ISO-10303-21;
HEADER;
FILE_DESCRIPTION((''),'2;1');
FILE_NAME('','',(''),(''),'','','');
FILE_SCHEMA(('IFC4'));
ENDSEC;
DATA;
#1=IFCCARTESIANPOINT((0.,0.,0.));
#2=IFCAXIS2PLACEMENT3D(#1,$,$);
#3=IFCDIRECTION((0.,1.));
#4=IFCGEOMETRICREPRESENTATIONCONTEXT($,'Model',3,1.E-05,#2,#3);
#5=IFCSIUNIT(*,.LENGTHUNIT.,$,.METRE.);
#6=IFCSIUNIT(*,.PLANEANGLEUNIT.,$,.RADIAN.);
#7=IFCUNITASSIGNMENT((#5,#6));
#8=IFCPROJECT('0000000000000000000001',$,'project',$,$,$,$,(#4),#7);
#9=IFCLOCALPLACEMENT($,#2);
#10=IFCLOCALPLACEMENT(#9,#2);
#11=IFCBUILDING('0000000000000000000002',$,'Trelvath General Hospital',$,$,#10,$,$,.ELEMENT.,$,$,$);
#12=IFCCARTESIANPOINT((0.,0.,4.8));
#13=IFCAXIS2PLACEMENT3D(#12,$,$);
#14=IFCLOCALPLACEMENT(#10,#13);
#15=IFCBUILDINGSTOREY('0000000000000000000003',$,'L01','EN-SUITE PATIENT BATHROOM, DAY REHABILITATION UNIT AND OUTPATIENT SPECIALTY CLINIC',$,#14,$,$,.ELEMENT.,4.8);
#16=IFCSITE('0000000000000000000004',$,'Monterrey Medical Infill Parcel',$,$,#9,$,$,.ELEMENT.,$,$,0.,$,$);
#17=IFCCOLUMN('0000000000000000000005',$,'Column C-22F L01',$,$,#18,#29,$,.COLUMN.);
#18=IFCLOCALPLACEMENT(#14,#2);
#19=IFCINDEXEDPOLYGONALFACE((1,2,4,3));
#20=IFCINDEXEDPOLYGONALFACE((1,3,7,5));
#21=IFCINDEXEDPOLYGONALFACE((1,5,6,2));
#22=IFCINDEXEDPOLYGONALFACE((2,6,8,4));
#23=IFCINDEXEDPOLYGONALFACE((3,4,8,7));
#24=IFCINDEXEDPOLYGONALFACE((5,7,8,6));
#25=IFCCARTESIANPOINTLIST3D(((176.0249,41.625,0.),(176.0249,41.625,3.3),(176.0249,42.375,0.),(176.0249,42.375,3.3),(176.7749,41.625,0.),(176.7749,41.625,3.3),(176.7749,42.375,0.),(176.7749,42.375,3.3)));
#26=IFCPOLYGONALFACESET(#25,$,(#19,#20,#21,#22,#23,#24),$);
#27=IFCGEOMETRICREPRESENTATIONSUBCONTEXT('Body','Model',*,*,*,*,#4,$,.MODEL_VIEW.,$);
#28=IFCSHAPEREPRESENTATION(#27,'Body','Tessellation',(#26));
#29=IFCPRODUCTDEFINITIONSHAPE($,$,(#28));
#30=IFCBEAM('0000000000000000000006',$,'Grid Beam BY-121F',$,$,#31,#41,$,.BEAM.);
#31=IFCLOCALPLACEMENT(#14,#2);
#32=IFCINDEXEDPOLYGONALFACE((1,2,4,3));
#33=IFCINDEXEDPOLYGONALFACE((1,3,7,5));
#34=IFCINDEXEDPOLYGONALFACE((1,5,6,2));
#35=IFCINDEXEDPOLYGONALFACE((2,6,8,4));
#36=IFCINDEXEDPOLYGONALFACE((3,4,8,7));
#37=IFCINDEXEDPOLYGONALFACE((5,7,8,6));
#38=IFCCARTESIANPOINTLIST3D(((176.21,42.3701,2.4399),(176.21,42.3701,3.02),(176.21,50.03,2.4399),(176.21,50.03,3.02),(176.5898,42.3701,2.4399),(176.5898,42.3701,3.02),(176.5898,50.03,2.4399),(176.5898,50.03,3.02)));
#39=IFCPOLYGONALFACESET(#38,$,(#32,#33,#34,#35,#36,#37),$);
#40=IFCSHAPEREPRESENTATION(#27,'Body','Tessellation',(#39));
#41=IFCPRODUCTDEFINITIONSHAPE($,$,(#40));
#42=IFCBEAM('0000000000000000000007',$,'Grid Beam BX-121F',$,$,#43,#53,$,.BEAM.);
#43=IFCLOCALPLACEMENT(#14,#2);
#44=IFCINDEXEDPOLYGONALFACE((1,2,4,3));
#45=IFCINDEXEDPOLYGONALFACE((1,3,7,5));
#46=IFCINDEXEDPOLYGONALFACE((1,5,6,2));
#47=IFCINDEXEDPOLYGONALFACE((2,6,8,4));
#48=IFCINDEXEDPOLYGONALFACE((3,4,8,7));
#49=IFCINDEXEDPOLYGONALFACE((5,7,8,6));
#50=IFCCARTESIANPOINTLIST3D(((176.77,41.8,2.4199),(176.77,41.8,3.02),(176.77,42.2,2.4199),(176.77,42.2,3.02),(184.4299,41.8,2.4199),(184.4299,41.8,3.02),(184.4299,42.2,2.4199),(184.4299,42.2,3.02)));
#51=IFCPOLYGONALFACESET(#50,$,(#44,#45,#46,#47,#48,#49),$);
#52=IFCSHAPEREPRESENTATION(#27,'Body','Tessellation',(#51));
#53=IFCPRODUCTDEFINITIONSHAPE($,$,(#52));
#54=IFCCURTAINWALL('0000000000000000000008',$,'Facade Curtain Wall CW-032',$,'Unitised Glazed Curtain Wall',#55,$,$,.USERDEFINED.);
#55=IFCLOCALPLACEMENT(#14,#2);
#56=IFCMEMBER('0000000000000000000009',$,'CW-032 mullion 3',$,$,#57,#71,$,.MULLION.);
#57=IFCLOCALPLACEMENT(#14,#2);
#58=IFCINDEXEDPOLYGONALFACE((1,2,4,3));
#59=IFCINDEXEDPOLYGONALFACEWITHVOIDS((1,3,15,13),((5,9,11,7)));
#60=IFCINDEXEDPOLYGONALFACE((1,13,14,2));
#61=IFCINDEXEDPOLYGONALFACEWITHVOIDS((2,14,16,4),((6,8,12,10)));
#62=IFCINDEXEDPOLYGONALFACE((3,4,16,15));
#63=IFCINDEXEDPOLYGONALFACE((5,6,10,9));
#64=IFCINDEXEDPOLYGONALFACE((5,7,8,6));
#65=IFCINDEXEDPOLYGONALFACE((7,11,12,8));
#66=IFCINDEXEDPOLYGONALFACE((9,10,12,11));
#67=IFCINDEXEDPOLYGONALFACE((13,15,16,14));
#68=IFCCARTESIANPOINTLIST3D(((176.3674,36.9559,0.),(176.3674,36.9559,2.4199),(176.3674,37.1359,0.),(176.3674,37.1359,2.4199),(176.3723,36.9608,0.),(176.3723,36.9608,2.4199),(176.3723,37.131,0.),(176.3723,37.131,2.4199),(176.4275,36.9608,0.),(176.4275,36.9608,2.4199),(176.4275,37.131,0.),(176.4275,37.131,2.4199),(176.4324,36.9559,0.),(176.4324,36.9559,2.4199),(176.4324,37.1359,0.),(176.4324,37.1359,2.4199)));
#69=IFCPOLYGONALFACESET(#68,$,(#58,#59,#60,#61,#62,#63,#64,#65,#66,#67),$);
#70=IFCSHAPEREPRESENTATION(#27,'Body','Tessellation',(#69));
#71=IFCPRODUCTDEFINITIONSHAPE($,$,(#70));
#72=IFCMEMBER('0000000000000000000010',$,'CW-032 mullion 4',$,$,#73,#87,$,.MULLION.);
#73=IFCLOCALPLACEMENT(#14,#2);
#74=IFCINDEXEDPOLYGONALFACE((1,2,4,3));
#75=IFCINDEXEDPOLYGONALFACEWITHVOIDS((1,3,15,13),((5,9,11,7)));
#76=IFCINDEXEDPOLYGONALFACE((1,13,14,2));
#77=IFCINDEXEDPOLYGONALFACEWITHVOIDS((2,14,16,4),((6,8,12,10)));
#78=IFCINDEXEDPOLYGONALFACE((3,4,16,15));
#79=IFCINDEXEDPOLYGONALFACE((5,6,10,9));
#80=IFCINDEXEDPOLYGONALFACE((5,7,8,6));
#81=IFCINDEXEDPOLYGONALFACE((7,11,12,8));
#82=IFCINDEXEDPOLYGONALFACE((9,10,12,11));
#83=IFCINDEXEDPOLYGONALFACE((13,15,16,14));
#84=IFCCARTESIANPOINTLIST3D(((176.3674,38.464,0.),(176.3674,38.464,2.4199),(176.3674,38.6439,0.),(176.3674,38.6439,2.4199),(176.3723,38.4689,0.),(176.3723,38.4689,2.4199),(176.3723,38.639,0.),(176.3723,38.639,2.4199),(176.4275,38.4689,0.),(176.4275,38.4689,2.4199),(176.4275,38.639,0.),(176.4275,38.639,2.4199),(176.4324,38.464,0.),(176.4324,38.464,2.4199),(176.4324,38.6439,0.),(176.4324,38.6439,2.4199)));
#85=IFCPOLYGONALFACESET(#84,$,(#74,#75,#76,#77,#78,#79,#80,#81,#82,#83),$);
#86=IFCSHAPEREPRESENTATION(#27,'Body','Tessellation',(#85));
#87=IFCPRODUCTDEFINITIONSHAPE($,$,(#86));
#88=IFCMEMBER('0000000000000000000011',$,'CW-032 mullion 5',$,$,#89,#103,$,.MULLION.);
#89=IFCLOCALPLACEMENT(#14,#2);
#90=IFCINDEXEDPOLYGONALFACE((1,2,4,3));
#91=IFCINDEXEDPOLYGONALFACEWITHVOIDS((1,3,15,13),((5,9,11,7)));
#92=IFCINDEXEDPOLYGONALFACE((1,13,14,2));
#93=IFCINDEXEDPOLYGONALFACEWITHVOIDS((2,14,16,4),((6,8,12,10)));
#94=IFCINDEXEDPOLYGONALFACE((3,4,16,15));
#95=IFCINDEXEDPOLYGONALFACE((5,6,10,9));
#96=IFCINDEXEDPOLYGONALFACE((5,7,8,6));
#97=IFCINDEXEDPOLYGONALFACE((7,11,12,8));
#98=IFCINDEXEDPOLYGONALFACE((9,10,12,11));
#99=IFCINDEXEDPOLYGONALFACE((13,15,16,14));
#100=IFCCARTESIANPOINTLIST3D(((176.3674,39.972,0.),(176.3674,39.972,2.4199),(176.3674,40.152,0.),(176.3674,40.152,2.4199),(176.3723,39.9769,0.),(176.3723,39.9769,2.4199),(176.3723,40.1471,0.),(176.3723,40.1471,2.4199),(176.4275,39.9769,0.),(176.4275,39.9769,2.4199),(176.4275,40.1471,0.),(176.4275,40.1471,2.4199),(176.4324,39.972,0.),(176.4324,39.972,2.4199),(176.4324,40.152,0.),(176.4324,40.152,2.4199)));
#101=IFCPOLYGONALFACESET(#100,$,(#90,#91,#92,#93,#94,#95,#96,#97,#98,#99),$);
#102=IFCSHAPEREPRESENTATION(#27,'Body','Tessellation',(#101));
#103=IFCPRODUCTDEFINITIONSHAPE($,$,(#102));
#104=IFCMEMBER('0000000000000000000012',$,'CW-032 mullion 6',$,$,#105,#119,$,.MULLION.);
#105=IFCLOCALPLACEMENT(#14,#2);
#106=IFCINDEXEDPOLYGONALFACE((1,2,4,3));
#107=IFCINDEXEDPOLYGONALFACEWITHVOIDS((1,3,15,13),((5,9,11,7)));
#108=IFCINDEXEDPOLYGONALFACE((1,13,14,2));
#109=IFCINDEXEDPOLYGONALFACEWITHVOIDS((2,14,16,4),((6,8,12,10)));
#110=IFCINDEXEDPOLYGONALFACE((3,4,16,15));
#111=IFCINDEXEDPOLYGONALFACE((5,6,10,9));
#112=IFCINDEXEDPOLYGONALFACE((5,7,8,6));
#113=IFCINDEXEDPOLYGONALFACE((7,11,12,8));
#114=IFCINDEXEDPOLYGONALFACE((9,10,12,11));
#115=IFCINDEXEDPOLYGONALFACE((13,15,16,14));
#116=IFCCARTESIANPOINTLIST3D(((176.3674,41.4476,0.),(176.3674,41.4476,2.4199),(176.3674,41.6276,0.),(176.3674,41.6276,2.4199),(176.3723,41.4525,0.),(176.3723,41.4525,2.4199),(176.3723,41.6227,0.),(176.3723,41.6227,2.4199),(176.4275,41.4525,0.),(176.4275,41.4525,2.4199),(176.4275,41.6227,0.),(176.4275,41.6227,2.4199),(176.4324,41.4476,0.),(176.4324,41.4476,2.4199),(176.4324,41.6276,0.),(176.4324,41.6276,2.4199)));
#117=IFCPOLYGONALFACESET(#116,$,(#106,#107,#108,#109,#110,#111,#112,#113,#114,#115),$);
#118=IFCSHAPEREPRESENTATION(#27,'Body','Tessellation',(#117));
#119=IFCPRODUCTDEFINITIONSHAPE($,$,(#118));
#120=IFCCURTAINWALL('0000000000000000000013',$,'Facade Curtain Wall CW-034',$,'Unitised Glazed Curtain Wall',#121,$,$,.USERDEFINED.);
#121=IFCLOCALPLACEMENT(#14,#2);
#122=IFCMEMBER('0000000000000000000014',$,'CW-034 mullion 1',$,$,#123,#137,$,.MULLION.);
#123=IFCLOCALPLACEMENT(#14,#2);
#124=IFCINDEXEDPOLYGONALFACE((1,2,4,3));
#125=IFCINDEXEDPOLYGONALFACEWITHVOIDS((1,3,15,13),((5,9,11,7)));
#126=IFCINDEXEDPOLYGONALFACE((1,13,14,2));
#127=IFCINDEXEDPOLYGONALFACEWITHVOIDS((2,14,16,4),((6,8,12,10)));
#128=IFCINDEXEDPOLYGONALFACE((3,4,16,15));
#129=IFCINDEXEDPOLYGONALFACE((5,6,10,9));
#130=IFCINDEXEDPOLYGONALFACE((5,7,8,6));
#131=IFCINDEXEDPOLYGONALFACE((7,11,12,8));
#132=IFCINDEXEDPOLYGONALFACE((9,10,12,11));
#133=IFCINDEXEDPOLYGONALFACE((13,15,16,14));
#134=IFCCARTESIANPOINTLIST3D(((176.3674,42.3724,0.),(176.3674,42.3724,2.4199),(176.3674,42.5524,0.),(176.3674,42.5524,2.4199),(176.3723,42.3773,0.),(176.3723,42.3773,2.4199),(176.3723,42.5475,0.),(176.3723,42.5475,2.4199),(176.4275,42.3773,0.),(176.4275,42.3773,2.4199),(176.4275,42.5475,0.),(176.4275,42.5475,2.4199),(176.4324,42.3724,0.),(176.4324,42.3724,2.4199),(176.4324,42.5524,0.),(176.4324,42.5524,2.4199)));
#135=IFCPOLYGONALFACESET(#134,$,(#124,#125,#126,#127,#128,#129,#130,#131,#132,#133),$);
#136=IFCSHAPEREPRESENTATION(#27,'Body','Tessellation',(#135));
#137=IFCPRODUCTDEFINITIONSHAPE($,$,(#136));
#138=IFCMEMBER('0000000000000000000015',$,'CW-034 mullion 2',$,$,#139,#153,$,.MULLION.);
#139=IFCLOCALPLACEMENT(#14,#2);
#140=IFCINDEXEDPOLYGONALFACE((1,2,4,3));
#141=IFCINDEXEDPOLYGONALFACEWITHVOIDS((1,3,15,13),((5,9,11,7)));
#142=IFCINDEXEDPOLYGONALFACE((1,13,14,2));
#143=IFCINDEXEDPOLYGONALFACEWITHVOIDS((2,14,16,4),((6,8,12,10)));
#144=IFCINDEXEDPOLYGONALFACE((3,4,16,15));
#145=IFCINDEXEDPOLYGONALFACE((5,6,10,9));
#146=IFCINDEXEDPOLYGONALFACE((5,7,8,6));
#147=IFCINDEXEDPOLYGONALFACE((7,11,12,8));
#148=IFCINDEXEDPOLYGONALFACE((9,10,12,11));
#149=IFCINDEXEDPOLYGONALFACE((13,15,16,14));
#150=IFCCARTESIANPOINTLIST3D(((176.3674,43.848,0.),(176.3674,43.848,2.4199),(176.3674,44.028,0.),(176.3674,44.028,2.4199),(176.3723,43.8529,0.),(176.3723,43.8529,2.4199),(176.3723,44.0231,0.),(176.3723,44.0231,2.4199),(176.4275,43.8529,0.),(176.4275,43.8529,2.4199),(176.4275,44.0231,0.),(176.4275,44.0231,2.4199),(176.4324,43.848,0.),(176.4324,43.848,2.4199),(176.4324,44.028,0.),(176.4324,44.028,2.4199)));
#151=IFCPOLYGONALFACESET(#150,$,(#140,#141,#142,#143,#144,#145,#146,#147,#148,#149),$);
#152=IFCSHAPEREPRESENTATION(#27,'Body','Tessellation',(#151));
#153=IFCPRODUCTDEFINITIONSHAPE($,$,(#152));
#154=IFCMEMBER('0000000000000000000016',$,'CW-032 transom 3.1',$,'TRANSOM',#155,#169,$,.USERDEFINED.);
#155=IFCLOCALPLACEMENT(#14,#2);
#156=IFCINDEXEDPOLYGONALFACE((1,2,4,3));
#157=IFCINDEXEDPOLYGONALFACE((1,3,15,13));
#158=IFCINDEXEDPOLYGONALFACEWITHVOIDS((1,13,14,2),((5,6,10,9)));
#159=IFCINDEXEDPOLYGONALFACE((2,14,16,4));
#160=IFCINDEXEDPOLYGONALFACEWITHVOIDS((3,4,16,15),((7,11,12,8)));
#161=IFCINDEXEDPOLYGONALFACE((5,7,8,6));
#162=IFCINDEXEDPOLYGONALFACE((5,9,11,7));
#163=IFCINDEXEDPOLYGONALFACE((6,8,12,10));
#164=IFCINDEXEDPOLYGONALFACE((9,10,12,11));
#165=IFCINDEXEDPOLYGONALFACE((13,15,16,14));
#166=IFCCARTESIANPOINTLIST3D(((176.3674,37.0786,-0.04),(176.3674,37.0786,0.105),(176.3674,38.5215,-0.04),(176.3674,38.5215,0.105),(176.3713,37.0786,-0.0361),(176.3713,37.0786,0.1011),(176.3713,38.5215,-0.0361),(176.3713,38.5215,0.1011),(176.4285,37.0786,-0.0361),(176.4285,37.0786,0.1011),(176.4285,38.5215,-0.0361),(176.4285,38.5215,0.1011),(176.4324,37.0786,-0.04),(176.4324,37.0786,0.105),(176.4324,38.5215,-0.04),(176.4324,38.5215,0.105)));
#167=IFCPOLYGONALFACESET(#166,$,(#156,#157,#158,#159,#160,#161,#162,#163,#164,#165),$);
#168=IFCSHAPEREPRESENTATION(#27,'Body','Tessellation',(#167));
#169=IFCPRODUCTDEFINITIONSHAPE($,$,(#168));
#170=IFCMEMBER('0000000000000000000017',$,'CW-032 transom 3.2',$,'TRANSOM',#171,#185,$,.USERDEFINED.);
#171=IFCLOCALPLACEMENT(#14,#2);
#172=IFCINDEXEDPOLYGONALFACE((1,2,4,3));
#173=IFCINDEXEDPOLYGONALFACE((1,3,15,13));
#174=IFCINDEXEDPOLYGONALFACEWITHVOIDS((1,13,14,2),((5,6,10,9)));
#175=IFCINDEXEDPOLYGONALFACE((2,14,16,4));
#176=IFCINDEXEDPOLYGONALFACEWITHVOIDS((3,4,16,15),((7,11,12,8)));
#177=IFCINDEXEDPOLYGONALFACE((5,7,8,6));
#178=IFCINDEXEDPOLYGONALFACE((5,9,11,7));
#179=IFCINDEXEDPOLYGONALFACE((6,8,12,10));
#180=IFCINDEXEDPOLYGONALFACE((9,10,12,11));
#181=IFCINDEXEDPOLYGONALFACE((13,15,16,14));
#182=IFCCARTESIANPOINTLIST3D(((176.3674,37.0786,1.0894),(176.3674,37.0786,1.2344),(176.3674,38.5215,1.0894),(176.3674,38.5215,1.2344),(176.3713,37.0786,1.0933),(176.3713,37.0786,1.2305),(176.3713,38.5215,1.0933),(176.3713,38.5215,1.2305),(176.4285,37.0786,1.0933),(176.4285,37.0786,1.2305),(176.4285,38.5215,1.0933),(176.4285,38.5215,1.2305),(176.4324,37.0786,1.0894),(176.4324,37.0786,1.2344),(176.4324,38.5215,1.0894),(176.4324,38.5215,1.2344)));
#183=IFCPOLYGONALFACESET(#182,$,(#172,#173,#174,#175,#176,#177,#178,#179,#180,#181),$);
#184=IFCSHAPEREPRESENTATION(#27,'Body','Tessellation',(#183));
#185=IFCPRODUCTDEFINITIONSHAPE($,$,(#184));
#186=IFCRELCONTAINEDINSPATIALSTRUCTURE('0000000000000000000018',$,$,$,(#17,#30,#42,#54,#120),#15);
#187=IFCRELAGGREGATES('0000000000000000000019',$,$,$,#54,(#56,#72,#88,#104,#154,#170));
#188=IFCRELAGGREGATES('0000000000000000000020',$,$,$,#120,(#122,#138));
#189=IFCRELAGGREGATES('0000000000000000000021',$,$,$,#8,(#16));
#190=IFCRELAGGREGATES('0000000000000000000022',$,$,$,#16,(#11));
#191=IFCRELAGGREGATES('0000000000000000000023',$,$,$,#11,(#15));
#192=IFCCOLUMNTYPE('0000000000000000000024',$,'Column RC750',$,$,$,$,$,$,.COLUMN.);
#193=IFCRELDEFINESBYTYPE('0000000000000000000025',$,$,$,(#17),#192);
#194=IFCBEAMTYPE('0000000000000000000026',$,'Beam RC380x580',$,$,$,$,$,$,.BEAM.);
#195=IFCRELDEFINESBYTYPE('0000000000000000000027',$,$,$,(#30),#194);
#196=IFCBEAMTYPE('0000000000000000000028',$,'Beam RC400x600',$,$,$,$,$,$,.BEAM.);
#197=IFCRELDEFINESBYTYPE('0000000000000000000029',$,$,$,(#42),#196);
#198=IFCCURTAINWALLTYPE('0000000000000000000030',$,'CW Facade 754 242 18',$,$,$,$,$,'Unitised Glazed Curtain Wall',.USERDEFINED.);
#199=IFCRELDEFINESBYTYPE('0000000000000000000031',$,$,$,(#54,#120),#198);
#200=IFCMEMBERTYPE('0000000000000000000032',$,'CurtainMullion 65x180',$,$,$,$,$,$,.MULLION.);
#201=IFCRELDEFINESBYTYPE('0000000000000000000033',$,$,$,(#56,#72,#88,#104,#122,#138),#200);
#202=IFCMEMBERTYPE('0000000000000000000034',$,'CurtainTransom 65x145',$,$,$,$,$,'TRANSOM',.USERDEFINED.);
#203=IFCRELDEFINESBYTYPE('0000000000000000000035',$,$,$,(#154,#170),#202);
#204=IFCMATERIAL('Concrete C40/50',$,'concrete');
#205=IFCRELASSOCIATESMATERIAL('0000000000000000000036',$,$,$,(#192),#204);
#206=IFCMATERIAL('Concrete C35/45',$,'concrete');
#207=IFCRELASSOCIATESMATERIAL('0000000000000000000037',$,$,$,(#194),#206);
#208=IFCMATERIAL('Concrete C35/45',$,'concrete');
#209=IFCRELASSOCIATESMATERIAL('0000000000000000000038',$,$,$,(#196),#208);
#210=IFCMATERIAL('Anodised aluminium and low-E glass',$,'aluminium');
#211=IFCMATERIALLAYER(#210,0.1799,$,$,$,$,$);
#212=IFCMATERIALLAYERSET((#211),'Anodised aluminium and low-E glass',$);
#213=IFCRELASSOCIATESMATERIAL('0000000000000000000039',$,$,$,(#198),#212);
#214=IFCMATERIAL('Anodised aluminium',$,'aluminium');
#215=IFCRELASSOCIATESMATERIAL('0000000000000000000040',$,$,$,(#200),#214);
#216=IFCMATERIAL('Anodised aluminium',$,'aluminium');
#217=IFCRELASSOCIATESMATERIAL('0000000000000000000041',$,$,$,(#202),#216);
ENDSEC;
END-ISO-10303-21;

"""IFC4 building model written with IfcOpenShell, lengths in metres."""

from ifc_helpers import new_model, si_unit, direction, frame, origin, origin_2d, place, context, subcontext, project, spatial, rectangle, hollow_rectangle, extrude, material, layer, layer_set, material_profile, profile_set, type_object, element, aggregate, save


model = new_model("IFC4")

# Units and contexts
model_context = context("Model", 3, precision=1e-05, world=origin(), true_north=direction((0.0, 1.0)))
body_context = subcontext(model_context, "Body", "Model", "MODEL_VIEW")
ifc_project = project(units=[si_unit("LENGTHUNIT", "METRE"), si_unit("PLANEANGLEUNIT", "RADIAN")], contexts=[model_context])

# Site, building, storey
site_placement = place(None, origin())
site = spatial("IfcSite", under=ifc_project, at=site_placement, Name="Monterrey Medical Infill Parcel", CompositionType="ELEMENT", RefElevation=0.0)
building_placement = place(site_placement, origin())
building = spatial("IfcBuilding", under=site, at=building_placement, Name="Trelvath General Hospital", CompositionType="ELEMENT")
storey_placement = place(building_placement, frame((0.0, 0.0, 4.8)))
storey = spatial("IfcBuildingStorey", under=building, at=storey_placement, Name="L01", Description="EN-SUITE PATIENT BATHROOM, DAY REHABILITATION UNIT AND OUTPATIENT SPECIALTY CLINIC", CompositionType="ELEMENT", Elevation=4.8)

# Column
ifc_material_1 = material(Name="Concrete C40/50", Category="concrete")
ifc_material_profile_1 = material_profile(ifc_material_1, rectangle(XDim=0.75, YDim=0.75, at=origin_2d()), Name="RC750x750")
ifc_profile_set_1 = profile_set([ifc_material_profile_1], Name="Concrete C40/50")
column_type = type_object("IfcColumnType", Name="Column RC750", PredefinedType="COLUMN", material=ifc_profile_set_1)
column_placement = place(storey_placement, frame((176.3999, 42.0, 0.0), z_axis=(0.0, 0.0, 1.0), x_axis=(1.0, 0.0, 0.0)))
element("IfcColumn", 1, at=column_placement, inside=storey, type_object=column_type, Name="Column C-22F L01", PredefinedType="COLUMN", context=body_context, shape_type="SweptSolid", body=[
    extrude(rectangle(XDim=0.75, YDim=0.75, at=origin_2d()), origin(), (0.0, 0.0, 1.0), 3.3),
])

# Beams
ifc_material_2 = material(Name="Concrete C35/45", Category="concrete")
ifc_material_profile_2 = material_profile(ifc_material_2, rectangle(XDim=0.3799, YDim=0.5801, at=origin_2d()), Name="RCB380x580")
ifc_profile_set_2 = profile_set([ifc_material_profile_2], Name="Concrete C35/45")
beam_type_1 = type_object("IfcBeamType", Name="Beam RC380x580", PredefinedType="BEAM", material=ifc_profile_set_2)
beam_1_placement = place(storey_placement, frame((176.3999, 42.3701, 2.73), z_axis=(0.0, 1.0, 0.0), x_axis=(-1.0, 0.0, 0.0)))
element("IfcBeam", 2, at=beam_1_placement, inside=storey, type_object=beam_type_1, Name="Grid Beam BY-121F", PredefinedType="BEAM", context=body_context, shape_type="SweptSolid", body=[
    extrude(rectangle(XDim=0.3799, YDim=0.5801, at=origin_2d()), origin(), (0.0, 0.0, 1.0), 7.6599),
])
ifc_material_3 = material(Name="Concrete C35/45", Category="concrete")
ifc_material_profile_3 = material_profile(ifc_material_3, rectangle(XDim=0.3999, YDim=0.6001, at=origin_2d()), Name="RCB400x600")
ifc_profile_set_3 = profile_set([ifc_material_profile_3], Name="Concrete C35/45")
beam_type_2 = type_object("IfcBeamType", Name="Beam RC400x600", PredefinedType="BEAM", material=ifc_profile_set_3)
beam_2_placement = place(storey_placement, frame((176.77, 42.0, 2.72), z_axis=(1.0, 0.0, 0.0), x_axis=(0.0, 1.0, 0.0)))
element("IfcBeam", 3, at=beam_2_placement, inside=storey, type_object=beam_type_2, Name="Grid Beam BX-121F", PredefinedType="BEAM", context=body_context, shape_type="SweptSolid", body=[
    extrude(rectangle(XDim=0.3999, YDim=0.6001, at=origin_2d()), origin(), (0.0, 0.0, 1.0), 7.6599),
])

# Curtain walls, members
ifc_material_4 = material(Name="Anodised aluminium and low-E glass", Category="aluminium")
ifc_layer_1 = layer(ifc_material_4, 0.1799)
ifc_layer_set_1 = layer_set([ifc_layer_1], Name="Anodised aluminium and low-E glass")
curtain_wall_type = type_object("IfcCurtainWallType", Name="CW Facade 754 242 18", ElementType="Unitised Glazed Curtain Wall", PredefinedType="USERDEFINED", material=ifc_layer_set_1)
curtain_wall_1_placement = place(storey_placement, origin())
curtain_wall_1 = element("IfcCurtainWall", 4, at=curtain_wall_1_placement, inside=storey, type_object=curtain_wall_type, Name="Facade Curtain Wall CW-032", ObjectType="Unitised Glazed Curtain Wall", PredefinedType="USERDEFINED")
ifc_material_5 = material(Name="Anodised aluminium", Category="aluminium")
ifc_material_profile_4 = material_profile(ifc_material_5, hollow_rectangle(XDim=0.0649, YDim=0.1799, WallThickness=0.0049, at=origin_2d()), Name="RHS65x180x5")
ifc_profile_set_4 = profile_set([ifc_material_profile_4], Name="Anodised aluminium")
member_type_1 = type_object("IfcMemberType", Name="CurtainMullion 65x180", PredefinedType="MULLION", material=ifc_profile_set_4)
member_1_placement = place(storey_placement, frame((176.3999, 37.0459, 0.0), z_axis=(0.0, 0.0, 1.0), x_axis=(-1.0, 0.0, 0.0)))
member_1 = element("IfcMember", 5, at=member_1_placement, type_object=member_type_1, Name="CW-032 mullion 3", PredefinedType="MULLION", context=body_context, shape_type="SweptSolid", body=[
    extrude(hollow_rectangle(XDim=0.0649, YDim=0.1799, WallThickness=0.0049, at=origin_2d()), origin(), (0.0, 0.0, 1.0), 2.4199),
])
member_2_placement = place(storey_placement, frame((176.3999, 38.554, 0.0), z_axis=(0.0, 0.0, 1.0), x_axis=(-1.0, 0.0, 0.0)))
member_2 = element("IfcMember", 6, at=member_2_placement, type_object=member_type_1, Name="CW-032 mullion 4", PredefinedType="MULLION", context=body_context, shape_type="SweptSolid", body=[
    extrude(hollow_rectangle(XDim=0.0649, YDim=0.1799, WallThickness=0.0049, at=origin_2d()), origin(), (0.0, 0.0, 1.0), 2.4199),
])
member_3_placement = place(storey_placement, frame((176.3999, 40.062, 0.0), z_axis=(0.0, 0.0, 1.0), x_axis=(-1.0, 0.0, 0.0)))
member_3 = element("IfcMember", 7, at=member_3_placement, type_object=member_type_1, Name="CW-032 mullion 5", PredefinedType="MULLION", context=body_context, shape_type="SweptSolid", body=[
    extrude(hollow_rectangle(XDim=0.0649, YDim=0.1799, WallThickness=0.0049, at=origin_2d()), origin(), (0.0, 0.0, 1.0), 2.4199),
])
member_4_placement = place(storey_placement, frame((176.3999, 41.5376, 0.0), z_axis=(0.0, 0.0, 1.0), x_axis=(-1.0, 0.0, 0.0)))
member_4 = element("IfcMember", 8, at=member_4_placement, type_object=member_type_1, Name="CW-032 mullion 6", PredefinedType="MULLION", context=body_context, shape_type="SweptSolid", body=[
    extrude(hollow_rectangle(XDim=0.0649, YDim=0.1799, WallThickness=0.0049, at=origin_2d()), origin(), (0.0, 0.0, 1.0), 2.4199),
])
curtain_wall_2_placement = place(storey_placement, origin())
curtain_wall_2 = element("IfcCurtainWall", 9, at=curtain_wall_2_placement, inside=storey, type_object=curtain_wall_type, Name="Facade Curtain Wall CW-034", ObjectType="Unitised Glazed Curtain Wall", PredefinedType="USERDEFINED")
member_5_placement = place(storey_placement, frame((176.3999, 42.4624, 0.0), z_axis=(0.0, 0.0, 1.0), x_axis=(-1.0, 0.0, 0.0)))
member_5 = element("IfcMember", 10, at=member_5_placement, type_object=member_type_1, Name="CW-034 mullion 1", PredefinedType="MULLION", context=body_context, shape_type="SweptSolid", body=[
    extrude(hollow_rectangle(XDim=0.0649, YDim=0.1799, WallThickness=0.0049, at=origin_2d()), origin(), (0.0, 0.0, 1.0), 2.4199),
])
member_6_placement = place(storey_placement, frame((176.3999, 43.938, 0.0), z_axis=(0.0, 0.0, 1.0), x_axis=(-1.0, 0.0, 0.0)))
member_6 = element("IfcMember", 11, at=member_6_placement, type_object=member_type_1, Name="CW-034 mullion 2", PredefinedType="MULLION", context=body_context, shape_type="SweptSolid", body=[
    extrude(hollow_rectangle(XDim=0.0649, YDim=0.1799, WallThickness=0.0049, at=origin_2d()), origin(), (0.0, 0.0, 1.0), 2.4199),
])

# Members
ifc_material_6 = material(Name="Anodised aluminium", Category="aluminium")
ifc_material_profile_5 = material_profile(ifc_material_6, hollow_rectangle(XDim=0.0649, YDim=0.145, WallThickness=0.0039, at=origin_2d()), Name="RHS65x145x4")
ifc_profile_set_5 = profile_set([ifc_material_profile_5], Name="Anodised aluminium")
member_type_2 = type_object("IfcMemberType", Name="CurtainTransom 65x145", ElementType="TRANSOM", PredefinedType="USERDEFINED", material=ifc_profile_set_5)
member_7_placement = place(storey_placement, frame((176.3999, 37.0786, 0.0325), z_axis=(0.0, 1.0, 0.0), x_axis=(-1.0, 0.0, 0.0)))
member_7 = element("IfcMember", 12, at=member_7_placement, type_object=member_type_2, Name="CW-032 transom 3.1", ObjectType="TRANSOM", PredefinedType="USERDEFINED", context=body_context, shape_type="SweptSolid", body=[
    extrude(hollow_rectangle(XDim=0.0649, YDim=0.145, WallThickness=0.0039, at=origin_2d()), origin(), (0.0, 0.0, 1.0), 1.4429),
])
member_8_placement = place(storey_placement, frame((176.3999, 37.0786, 1.1619), z_axis=(0.0, 1.0, 0.0), x_axis=(-1.0, 0.0, 0.0)))
member_8 = element("IfcMember", 13, at=member_8_placement, type_object=member_type_2, Name="CW-032 transom 3.2", ObjectType="TRANSOM", PredefinedType="USERDEFINED", context=body_context, shape_type="SweptSolid", body=[
    extrude(hollow_rectangle(XDim=0.0649, YDim=0.145, WallThickness=0.0039, at=origin_2d()), origin(), (0.0, 0.0, 1.0), 1.4429),
])

aggregate(curtain_wall_1, [member_1, member_2, member_3, member_4, member_7, member_8])
aggregate(curtain_wall_2, [member_5, member_6])

save(model, "model.ifc")
